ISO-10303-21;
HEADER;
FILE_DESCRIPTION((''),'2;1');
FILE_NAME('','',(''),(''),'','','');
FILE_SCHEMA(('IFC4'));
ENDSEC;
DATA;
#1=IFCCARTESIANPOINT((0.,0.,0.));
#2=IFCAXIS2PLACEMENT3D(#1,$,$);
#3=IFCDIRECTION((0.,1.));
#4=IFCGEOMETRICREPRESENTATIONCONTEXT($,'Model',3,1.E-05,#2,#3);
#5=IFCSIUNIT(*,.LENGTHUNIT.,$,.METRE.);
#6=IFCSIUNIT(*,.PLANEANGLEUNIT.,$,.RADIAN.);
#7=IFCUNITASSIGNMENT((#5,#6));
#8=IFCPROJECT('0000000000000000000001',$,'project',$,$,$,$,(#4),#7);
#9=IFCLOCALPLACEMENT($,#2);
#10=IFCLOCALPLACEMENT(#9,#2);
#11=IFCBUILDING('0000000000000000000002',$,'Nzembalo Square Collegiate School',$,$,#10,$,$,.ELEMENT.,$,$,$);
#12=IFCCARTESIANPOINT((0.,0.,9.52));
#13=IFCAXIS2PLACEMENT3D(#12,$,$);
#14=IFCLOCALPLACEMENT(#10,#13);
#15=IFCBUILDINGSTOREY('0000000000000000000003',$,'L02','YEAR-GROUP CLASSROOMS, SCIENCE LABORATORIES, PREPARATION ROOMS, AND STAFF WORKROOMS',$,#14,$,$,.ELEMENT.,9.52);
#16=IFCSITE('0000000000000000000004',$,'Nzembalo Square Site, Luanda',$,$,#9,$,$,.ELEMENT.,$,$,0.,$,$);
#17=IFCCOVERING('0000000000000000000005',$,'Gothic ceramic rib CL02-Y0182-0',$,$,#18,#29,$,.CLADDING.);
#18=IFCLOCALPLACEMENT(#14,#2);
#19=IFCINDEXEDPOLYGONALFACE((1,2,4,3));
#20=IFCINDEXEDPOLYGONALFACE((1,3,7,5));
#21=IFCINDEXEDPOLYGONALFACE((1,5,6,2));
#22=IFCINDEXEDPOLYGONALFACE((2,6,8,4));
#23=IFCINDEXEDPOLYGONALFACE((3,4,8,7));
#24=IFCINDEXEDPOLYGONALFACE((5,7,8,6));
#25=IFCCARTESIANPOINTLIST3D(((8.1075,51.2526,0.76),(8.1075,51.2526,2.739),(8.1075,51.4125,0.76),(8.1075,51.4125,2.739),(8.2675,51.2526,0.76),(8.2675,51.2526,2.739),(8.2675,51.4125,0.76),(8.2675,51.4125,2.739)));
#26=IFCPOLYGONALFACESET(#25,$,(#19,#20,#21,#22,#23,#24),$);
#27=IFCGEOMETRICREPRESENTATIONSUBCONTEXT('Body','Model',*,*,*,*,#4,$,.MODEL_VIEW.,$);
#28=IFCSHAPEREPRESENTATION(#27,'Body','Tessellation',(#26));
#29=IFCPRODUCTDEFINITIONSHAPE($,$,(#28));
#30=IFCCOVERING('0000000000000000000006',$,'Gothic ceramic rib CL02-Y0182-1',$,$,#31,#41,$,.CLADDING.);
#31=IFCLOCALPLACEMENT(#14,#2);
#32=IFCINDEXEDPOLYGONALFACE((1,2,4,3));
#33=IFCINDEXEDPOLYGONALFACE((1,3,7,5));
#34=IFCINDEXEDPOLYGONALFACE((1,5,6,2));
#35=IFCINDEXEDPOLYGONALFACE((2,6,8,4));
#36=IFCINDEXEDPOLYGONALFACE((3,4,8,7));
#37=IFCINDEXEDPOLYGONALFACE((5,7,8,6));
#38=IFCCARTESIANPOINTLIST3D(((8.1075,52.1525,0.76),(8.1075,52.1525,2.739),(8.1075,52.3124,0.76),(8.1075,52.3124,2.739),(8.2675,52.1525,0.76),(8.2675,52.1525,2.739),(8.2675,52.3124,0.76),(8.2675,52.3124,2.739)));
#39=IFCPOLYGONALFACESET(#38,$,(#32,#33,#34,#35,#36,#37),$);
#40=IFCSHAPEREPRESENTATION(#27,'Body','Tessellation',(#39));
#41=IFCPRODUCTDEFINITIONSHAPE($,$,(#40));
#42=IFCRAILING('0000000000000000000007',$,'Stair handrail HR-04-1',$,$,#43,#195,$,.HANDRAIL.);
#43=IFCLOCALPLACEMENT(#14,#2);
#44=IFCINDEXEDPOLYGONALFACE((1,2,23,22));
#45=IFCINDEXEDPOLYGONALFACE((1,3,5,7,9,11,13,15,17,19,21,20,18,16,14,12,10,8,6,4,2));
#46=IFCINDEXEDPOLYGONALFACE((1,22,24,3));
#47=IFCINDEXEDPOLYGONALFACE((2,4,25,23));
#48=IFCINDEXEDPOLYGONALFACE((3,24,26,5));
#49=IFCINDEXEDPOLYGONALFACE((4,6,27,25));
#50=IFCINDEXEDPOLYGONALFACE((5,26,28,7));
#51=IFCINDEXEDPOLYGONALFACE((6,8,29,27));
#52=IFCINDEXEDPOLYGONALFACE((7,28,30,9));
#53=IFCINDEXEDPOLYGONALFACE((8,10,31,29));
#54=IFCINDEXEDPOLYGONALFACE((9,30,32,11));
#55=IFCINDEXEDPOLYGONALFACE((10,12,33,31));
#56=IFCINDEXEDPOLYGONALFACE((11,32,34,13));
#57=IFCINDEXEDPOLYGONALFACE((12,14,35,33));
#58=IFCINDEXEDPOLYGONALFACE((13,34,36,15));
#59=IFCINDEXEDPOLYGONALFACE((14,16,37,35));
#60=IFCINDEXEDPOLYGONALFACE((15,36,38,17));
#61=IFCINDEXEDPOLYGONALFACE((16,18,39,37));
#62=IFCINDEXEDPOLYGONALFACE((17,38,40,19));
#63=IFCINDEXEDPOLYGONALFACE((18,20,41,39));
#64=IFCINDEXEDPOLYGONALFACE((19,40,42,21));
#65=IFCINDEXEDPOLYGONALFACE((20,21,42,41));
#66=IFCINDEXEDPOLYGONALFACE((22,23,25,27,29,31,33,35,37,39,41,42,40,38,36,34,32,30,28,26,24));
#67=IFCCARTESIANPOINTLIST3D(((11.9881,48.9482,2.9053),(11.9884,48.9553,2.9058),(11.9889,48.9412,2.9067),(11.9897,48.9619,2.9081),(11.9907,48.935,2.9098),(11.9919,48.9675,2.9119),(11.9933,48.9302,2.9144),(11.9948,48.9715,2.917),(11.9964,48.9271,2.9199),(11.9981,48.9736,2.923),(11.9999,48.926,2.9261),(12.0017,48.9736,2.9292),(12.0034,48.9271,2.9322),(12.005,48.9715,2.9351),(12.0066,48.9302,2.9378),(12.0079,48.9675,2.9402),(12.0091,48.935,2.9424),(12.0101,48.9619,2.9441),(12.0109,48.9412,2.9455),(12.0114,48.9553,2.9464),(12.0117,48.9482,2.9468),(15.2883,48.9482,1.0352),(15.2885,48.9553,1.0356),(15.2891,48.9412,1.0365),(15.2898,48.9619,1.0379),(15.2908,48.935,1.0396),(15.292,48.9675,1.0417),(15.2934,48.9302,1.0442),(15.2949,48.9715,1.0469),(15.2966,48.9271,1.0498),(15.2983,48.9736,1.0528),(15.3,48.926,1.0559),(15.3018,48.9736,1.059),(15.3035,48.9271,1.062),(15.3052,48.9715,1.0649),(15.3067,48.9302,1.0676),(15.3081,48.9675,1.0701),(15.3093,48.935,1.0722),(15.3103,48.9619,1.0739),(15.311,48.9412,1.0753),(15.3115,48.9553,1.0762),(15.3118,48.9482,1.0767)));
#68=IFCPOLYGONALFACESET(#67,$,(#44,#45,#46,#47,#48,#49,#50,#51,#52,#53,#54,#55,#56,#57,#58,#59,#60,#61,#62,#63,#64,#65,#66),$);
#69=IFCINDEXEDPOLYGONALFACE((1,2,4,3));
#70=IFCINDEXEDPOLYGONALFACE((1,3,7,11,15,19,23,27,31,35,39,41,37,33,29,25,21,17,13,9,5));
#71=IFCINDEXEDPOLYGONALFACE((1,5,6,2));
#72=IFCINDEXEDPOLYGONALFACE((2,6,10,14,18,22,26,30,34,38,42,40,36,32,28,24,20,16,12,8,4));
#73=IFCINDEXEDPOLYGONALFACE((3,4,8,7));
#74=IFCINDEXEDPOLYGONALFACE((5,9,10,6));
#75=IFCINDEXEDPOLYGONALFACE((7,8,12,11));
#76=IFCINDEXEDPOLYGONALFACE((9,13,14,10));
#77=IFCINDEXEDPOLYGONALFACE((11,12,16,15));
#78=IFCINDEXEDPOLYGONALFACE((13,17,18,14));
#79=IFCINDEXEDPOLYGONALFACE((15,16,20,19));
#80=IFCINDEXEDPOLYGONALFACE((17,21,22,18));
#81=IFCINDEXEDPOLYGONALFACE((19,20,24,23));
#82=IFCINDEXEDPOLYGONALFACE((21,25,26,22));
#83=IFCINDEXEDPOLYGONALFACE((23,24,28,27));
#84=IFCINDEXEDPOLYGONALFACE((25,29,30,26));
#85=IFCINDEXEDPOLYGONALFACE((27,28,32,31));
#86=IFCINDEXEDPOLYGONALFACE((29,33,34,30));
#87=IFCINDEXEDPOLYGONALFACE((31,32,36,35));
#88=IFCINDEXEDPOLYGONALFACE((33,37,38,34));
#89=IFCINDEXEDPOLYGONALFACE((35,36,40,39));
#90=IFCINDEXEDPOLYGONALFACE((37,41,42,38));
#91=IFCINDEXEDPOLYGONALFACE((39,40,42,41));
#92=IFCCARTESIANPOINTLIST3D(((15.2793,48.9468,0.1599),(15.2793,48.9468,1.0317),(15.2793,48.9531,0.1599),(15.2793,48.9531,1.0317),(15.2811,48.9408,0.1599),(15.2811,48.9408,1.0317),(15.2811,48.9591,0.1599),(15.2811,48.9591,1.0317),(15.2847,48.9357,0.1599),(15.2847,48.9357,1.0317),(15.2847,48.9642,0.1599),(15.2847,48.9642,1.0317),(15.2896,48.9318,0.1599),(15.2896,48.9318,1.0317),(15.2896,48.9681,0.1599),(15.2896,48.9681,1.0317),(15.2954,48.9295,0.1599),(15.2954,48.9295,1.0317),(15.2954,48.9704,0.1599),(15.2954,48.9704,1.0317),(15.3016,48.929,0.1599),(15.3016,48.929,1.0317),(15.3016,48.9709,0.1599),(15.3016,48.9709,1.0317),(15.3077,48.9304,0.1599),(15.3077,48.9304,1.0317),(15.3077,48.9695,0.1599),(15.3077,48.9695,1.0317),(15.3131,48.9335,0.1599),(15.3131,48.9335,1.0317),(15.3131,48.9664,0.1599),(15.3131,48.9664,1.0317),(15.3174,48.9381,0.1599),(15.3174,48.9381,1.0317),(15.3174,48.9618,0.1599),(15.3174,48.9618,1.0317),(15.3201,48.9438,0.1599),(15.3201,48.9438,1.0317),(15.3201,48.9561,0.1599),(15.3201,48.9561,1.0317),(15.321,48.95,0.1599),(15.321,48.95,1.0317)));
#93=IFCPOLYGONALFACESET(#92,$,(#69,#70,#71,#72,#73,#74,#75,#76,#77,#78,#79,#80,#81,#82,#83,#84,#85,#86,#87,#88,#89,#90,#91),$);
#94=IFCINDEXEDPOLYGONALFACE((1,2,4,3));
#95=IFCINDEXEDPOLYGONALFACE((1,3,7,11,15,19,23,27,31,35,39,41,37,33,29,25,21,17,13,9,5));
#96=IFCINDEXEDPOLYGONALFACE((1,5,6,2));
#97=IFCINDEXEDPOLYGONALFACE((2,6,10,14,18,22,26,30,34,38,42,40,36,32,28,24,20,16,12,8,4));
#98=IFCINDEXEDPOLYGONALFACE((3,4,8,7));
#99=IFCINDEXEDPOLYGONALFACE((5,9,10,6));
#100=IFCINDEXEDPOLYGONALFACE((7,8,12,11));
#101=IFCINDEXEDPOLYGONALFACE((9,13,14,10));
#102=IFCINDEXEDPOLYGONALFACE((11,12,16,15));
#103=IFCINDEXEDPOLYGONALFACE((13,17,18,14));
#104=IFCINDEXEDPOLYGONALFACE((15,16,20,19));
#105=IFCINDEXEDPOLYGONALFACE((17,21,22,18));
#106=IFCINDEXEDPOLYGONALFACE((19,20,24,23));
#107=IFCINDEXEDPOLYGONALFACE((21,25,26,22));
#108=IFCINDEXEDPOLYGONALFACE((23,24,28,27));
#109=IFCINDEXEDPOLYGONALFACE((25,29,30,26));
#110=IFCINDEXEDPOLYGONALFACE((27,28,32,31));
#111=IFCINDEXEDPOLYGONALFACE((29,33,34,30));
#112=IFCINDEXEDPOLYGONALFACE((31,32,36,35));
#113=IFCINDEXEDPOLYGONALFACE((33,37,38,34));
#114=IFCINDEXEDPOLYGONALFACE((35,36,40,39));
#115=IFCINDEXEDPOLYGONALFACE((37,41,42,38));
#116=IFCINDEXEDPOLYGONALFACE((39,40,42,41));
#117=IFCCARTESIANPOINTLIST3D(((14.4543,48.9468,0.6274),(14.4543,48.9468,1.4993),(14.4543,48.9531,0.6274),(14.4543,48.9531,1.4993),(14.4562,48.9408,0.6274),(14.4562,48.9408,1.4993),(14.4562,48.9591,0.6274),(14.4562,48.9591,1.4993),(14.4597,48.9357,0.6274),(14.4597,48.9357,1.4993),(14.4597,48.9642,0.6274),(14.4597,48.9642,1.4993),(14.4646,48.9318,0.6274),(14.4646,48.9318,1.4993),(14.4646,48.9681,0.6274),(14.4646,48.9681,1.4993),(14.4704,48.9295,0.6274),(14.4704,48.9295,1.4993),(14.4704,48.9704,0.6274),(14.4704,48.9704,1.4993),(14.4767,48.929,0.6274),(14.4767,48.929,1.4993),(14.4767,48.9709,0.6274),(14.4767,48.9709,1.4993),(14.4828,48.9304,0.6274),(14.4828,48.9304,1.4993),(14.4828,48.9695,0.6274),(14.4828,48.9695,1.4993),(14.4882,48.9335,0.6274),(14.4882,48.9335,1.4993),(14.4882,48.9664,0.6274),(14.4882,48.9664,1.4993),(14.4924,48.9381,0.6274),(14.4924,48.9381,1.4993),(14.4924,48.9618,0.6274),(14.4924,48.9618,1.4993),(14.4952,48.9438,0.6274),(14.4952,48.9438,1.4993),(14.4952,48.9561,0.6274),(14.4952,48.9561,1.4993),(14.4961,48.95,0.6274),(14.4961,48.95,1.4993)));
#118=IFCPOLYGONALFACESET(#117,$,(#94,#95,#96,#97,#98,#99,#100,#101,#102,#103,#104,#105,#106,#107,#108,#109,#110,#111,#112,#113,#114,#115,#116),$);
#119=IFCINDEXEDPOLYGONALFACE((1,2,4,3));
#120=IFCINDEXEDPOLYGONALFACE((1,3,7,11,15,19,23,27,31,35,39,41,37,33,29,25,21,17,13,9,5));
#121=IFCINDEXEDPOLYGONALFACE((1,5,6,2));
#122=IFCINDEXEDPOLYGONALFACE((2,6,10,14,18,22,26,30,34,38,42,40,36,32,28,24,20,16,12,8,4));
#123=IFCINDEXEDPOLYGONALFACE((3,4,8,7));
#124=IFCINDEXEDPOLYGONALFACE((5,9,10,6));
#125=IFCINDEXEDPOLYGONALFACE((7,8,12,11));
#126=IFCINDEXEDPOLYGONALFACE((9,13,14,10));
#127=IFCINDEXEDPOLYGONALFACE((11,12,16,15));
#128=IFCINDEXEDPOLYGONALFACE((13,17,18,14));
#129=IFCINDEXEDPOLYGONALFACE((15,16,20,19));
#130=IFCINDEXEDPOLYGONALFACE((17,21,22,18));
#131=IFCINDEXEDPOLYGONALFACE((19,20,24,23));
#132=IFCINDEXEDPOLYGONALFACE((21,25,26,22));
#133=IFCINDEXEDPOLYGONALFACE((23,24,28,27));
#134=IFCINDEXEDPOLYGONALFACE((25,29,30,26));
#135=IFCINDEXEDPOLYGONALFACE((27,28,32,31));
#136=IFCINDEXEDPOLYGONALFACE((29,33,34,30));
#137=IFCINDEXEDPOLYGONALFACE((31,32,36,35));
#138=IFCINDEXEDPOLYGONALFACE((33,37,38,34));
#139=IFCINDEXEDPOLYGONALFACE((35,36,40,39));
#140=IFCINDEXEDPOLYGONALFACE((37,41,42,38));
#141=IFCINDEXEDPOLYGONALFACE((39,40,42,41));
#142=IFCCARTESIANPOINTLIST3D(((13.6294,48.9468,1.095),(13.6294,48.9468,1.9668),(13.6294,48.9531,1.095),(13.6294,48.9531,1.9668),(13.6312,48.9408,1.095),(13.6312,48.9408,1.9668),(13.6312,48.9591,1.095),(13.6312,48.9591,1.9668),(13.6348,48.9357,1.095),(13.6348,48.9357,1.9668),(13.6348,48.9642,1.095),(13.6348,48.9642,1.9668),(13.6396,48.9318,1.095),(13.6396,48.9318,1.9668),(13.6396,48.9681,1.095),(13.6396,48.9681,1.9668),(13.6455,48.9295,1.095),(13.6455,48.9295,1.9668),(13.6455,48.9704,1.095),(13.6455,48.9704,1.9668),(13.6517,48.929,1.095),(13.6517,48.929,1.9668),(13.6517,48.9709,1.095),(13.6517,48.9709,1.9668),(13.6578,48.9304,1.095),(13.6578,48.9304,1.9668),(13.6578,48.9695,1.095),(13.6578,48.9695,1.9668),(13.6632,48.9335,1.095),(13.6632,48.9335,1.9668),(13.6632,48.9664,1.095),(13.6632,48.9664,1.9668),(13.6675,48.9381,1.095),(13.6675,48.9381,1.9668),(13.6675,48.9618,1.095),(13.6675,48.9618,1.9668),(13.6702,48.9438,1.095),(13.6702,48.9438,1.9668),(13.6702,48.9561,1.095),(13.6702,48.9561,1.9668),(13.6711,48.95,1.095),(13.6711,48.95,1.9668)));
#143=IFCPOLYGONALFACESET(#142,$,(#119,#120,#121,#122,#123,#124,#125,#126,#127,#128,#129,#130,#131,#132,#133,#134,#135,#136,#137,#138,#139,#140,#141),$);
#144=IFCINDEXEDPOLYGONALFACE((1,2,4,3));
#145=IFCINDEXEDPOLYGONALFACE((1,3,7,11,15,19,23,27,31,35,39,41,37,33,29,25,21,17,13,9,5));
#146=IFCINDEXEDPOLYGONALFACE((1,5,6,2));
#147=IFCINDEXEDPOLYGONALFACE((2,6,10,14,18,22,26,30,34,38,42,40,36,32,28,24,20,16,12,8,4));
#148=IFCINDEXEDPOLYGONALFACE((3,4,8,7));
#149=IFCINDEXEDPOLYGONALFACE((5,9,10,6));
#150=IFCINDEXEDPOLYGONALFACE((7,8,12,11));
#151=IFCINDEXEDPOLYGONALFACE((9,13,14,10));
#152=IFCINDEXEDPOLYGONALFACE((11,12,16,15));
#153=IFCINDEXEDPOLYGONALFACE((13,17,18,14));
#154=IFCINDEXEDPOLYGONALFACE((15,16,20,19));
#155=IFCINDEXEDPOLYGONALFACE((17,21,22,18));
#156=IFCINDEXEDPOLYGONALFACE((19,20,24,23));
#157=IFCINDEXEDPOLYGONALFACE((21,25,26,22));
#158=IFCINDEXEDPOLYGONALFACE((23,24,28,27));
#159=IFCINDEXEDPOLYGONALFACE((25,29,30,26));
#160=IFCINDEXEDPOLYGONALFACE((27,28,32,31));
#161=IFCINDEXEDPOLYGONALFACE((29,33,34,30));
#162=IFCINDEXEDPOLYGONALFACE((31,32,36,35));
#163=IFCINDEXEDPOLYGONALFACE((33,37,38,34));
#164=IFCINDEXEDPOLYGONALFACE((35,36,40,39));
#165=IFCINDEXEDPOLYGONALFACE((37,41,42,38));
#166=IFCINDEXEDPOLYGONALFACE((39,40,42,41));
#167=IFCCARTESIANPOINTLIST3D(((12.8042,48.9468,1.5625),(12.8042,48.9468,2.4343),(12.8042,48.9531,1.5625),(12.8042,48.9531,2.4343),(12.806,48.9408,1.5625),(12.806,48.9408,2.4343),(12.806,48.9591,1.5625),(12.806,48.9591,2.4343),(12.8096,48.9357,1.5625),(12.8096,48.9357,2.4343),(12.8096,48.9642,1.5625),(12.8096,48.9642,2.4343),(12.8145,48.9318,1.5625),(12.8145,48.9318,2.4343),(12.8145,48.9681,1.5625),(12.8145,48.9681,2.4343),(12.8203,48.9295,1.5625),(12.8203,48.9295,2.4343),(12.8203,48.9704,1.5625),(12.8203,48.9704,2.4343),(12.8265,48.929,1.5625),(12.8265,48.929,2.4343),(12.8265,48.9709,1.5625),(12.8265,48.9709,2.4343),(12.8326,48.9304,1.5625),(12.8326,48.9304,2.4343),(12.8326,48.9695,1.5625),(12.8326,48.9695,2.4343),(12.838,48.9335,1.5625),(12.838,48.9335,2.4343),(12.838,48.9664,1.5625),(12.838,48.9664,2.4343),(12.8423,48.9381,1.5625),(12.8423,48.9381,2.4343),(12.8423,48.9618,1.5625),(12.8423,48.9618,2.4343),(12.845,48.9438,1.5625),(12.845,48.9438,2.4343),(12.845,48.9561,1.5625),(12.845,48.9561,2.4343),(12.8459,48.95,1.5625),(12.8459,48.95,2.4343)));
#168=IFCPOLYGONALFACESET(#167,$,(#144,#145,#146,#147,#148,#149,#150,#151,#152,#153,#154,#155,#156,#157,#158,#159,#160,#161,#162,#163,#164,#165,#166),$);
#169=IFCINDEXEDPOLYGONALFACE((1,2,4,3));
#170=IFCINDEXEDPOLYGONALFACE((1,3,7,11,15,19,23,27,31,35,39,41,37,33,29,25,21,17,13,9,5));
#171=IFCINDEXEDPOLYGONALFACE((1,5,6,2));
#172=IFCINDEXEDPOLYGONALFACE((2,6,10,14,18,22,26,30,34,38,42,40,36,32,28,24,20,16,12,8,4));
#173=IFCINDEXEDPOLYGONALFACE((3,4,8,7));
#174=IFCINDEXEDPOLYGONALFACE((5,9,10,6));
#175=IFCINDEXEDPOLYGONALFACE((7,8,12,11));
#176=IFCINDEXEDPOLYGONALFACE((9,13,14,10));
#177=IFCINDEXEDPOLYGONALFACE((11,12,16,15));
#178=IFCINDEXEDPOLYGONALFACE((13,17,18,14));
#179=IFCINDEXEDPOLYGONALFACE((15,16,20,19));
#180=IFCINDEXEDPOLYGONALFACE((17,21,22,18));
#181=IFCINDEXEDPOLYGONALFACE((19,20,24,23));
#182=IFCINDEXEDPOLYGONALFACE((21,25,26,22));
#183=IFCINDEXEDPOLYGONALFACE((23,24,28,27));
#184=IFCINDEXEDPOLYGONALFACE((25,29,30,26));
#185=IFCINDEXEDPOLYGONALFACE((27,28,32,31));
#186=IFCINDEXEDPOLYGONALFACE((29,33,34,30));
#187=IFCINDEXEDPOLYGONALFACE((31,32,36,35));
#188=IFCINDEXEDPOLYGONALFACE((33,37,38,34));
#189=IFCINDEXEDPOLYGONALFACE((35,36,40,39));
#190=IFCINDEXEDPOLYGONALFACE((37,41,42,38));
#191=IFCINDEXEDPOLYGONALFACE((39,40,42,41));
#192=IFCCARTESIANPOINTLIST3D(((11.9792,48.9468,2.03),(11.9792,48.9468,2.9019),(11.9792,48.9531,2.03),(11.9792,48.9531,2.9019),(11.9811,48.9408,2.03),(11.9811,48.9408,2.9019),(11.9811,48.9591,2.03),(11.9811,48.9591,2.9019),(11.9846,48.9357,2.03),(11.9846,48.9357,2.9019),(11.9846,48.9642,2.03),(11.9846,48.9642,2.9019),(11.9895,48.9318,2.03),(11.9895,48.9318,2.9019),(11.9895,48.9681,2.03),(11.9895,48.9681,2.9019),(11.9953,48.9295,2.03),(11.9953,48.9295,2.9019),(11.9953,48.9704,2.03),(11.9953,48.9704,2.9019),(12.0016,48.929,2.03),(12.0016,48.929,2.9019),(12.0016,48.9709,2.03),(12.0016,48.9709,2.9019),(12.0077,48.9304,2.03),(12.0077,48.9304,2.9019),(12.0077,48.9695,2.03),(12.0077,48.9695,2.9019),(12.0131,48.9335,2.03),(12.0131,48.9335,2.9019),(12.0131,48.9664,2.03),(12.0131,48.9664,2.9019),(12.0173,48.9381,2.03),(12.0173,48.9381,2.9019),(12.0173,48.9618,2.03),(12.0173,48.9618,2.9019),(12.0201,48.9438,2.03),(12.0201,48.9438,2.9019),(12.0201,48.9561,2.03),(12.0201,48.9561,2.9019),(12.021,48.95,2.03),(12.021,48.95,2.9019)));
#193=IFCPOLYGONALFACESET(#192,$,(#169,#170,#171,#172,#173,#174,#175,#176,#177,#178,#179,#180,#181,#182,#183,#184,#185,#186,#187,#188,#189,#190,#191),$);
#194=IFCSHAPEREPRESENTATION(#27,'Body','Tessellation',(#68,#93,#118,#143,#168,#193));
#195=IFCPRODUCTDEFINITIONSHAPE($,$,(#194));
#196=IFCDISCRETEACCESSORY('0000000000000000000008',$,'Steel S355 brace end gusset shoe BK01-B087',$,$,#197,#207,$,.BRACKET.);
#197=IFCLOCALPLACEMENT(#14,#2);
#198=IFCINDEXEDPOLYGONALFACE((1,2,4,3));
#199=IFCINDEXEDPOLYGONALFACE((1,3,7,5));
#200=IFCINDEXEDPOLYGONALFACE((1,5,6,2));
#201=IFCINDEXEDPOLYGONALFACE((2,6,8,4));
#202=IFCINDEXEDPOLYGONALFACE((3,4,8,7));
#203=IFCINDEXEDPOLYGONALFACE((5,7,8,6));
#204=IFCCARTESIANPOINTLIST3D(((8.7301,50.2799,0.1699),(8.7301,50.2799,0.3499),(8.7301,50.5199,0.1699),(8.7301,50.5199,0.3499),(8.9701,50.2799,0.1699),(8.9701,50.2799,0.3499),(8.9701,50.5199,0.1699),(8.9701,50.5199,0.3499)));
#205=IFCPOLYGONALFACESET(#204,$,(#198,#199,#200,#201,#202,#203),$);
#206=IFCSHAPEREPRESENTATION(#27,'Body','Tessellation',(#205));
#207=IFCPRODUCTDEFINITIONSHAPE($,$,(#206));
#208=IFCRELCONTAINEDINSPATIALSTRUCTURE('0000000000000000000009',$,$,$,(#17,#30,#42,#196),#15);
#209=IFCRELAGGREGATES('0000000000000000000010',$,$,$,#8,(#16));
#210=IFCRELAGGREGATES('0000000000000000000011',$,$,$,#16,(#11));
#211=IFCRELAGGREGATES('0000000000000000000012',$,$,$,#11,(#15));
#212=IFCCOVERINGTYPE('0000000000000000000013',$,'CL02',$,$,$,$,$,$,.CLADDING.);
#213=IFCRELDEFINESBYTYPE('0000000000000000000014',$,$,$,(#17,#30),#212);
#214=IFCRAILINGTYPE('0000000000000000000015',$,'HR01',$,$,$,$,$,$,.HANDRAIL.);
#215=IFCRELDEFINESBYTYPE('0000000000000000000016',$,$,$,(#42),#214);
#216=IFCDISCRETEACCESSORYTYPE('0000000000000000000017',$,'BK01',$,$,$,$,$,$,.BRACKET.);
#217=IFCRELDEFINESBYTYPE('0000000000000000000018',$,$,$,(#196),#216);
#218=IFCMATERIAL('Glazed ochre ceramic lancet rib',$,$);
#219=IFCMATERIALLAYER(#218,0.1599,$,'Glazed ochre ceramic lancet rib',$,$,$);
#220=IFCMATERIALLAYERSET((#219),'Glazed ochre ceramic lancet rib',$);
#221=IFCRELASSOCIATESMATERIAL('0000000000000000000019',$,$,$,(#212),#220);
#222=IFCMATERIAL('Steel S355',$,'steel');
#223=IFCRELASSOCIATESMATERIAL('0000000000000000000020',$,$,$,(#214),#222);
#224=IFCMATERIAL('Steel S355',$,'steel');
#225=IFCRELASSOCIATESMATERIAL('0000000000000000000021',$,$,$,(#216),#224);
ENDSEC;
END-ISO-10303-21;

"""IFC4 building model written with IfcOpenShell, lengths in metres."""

from ifc_helpers import new_model, si_unit, direction, frame, origin, origin_2d, place, context, subcontext, project, spatial, rectangle, circle, extrude, material, layer, layer_set, type_object, element, save


model = new_model("IFC4")

# Units and contexts
model_context = context("Model", 3, precision=1e-05, world=origin(), true_north=direction((0.0, 1.0)))
body_context = subcontext(model_context, "Body", "Model", "MODEL_VIEW")
ifc_project = project(units=[si_unit("LENGTHUNIT", "METRE"), si_unit("PLANEANGLEUNIT", "RADIAN")], contexts=[model_context])

# Site, building, storey
site_placement = place(None, origin())
site = spatial("IfcSite", under=ifc_project, at=site_placement, Name="Nzembalo Square Site, Luanda", CompositionType="ELEMENT", RefElevation=0.0)
building_placement = place(site_placement, origin())
building = spatial("IfcBuilding", under=site, at=building_placement, Name="Nzembalo Square Collegiate School", CompositionType="ELEMENT")
storey_placement = place(building_placement, frame((0.0, 0.0, 9.52)))
storey = spatial("IfcBuildingStorey", under=building, at=storey_placement, Name="L02", Description="YEAR-GROUP CLASSROOMS, SCIENCE LABORATORIES, PREPARATION ROOMS, AND STAFF WORKROOMS", CompositionType="ELEMENT", Elevation=9.52)

# Coverings
ifc_material_1 = material(Name="Glazed ochre ceramic lancet rib")
ifc_layer_1 = layer(ifc_material_1, 0.1599, Name="Glazed ochre ceramic lancet rib")
ifc_layer_set_1 = layer_set([ifc_layer_1], Name="Glazed ochre ceramic lancet rib")
covering_type_1 = type_object("IfcCoveringType", Name="CL02", PredefinedType="CLADDING", material=ifc_layer_set_1)
for number, where, z_axis, x_axis, name in (
    (1, (8.1875, 51.3325, 0.76), (0.0, 0.0, 1.0), (1.0, 0.0, 0.0), "Gothic ceramic rib CL02-Y0182-0"),
    (2, (8.1875, 52.2324, 0.76), (0.0, 0.0, 1.0), (1.0, 0.0, 0.0), "Gothic ceramic rib CL02-Y0182-1"),
):
    element("IfcCovering", number, at=place(storey_placement, frame(where, z_axis=z_axis, x_axis=x_axis)), inside=storey, type_object=covering_type_1, Name=name, PredefinedType="CLADDING", context=body_context, shape_type="SweptSolid", body=[
        extrude(rectangle(XDim=0.1599, YDim=0.1599, at=origin_2d()), origin(), (0.0, 0.0, 1.0), 1.979),
    ])

# Railing
ifc_material_2 = material(Name="Steel S355", Category="steel")
railing_type = type_object("IfcRailingType", Name="HR01", PredefinedType="HANDRAIL", material=ifc_material_2)
railing_placement = place(storey_placement, frame((15.3, 48.95, 0.1599)))
element("IfcRailing", 3, at=railing_placement, inside=storey, type_object=railing_type, Name="Stair handrail HR-04-1", PredefinedType="HANDRAIL", context=body_context, shape_type="SweptSolid", body=[
    extrude(circle(Radius=0.0239, at=origin_2d()), frame((0.0, 0.0, 0.896), z_axis=(-0.870012, 0.0, 0.49303), x_axis=(0.0, -1.0, 0.0)), (0.0, 0.0, 1.0), 3.7932),
    extrude(circle(Radius=0.021, at=origin_2d()), origin(), (0.0, 0.0, 1.0), 0.8718),
    extrude(circle(Radius=0.021, at=origin_2d()), frame((-0.825, 0.0, 0.4675)), (0.0, 0.0, 1.0), 0.8718),
    extrude(circle(Radius=0.021, at=origin_2d()), frame((-1.6499, 0.0, 0.9351)), (0.0, 0.0, 1.0), 0.8718),
    extrude(circle(Radius=0.021, at=origin_2d()), frame((-2.4751, 0.0, 1.4026)), (0.0, 0.0, 1.0), 0.8718),
    extrude(circle(Radius=0.021, at=origin_2d()), frame((-3.3, 0.0, 1.8701)), (0.0, 0.0, 1.0), 0.8718),
])

# Discrete accessory
ifc_material_3 = material(Name="Steel S355", Category="steel")
discrete_accessory_type = type_object("IfcDiscreteAccessoryType", Name="BK01", PredefinedType="BRACKET", material=ifc_material_3)
discrete_accessory_placement = place(storey_placement, frame((8.8501, 50.3999, 0.1699), z_axis=(0.0, 0.0, 1.0), x_axis=(1.0, 0.0, 0.0)))
element("IfcDiscreteAccessory", 4, at=discrete_accessory_placement, inside=storey, type_object=discrete_accessory_type, Name="Steel S355 brace end gusset shoe BK01-B087", PredefinedType="BRACKET", context=body_context, shape_type="SweptSolid", body=[
    extrude(rectangle(XDim=0.24, YDim=0.24, at=origin_2d()), origin(), (0.0, 0.0, 1.0), 0.1799),
])

save(model, "model.ifc")
